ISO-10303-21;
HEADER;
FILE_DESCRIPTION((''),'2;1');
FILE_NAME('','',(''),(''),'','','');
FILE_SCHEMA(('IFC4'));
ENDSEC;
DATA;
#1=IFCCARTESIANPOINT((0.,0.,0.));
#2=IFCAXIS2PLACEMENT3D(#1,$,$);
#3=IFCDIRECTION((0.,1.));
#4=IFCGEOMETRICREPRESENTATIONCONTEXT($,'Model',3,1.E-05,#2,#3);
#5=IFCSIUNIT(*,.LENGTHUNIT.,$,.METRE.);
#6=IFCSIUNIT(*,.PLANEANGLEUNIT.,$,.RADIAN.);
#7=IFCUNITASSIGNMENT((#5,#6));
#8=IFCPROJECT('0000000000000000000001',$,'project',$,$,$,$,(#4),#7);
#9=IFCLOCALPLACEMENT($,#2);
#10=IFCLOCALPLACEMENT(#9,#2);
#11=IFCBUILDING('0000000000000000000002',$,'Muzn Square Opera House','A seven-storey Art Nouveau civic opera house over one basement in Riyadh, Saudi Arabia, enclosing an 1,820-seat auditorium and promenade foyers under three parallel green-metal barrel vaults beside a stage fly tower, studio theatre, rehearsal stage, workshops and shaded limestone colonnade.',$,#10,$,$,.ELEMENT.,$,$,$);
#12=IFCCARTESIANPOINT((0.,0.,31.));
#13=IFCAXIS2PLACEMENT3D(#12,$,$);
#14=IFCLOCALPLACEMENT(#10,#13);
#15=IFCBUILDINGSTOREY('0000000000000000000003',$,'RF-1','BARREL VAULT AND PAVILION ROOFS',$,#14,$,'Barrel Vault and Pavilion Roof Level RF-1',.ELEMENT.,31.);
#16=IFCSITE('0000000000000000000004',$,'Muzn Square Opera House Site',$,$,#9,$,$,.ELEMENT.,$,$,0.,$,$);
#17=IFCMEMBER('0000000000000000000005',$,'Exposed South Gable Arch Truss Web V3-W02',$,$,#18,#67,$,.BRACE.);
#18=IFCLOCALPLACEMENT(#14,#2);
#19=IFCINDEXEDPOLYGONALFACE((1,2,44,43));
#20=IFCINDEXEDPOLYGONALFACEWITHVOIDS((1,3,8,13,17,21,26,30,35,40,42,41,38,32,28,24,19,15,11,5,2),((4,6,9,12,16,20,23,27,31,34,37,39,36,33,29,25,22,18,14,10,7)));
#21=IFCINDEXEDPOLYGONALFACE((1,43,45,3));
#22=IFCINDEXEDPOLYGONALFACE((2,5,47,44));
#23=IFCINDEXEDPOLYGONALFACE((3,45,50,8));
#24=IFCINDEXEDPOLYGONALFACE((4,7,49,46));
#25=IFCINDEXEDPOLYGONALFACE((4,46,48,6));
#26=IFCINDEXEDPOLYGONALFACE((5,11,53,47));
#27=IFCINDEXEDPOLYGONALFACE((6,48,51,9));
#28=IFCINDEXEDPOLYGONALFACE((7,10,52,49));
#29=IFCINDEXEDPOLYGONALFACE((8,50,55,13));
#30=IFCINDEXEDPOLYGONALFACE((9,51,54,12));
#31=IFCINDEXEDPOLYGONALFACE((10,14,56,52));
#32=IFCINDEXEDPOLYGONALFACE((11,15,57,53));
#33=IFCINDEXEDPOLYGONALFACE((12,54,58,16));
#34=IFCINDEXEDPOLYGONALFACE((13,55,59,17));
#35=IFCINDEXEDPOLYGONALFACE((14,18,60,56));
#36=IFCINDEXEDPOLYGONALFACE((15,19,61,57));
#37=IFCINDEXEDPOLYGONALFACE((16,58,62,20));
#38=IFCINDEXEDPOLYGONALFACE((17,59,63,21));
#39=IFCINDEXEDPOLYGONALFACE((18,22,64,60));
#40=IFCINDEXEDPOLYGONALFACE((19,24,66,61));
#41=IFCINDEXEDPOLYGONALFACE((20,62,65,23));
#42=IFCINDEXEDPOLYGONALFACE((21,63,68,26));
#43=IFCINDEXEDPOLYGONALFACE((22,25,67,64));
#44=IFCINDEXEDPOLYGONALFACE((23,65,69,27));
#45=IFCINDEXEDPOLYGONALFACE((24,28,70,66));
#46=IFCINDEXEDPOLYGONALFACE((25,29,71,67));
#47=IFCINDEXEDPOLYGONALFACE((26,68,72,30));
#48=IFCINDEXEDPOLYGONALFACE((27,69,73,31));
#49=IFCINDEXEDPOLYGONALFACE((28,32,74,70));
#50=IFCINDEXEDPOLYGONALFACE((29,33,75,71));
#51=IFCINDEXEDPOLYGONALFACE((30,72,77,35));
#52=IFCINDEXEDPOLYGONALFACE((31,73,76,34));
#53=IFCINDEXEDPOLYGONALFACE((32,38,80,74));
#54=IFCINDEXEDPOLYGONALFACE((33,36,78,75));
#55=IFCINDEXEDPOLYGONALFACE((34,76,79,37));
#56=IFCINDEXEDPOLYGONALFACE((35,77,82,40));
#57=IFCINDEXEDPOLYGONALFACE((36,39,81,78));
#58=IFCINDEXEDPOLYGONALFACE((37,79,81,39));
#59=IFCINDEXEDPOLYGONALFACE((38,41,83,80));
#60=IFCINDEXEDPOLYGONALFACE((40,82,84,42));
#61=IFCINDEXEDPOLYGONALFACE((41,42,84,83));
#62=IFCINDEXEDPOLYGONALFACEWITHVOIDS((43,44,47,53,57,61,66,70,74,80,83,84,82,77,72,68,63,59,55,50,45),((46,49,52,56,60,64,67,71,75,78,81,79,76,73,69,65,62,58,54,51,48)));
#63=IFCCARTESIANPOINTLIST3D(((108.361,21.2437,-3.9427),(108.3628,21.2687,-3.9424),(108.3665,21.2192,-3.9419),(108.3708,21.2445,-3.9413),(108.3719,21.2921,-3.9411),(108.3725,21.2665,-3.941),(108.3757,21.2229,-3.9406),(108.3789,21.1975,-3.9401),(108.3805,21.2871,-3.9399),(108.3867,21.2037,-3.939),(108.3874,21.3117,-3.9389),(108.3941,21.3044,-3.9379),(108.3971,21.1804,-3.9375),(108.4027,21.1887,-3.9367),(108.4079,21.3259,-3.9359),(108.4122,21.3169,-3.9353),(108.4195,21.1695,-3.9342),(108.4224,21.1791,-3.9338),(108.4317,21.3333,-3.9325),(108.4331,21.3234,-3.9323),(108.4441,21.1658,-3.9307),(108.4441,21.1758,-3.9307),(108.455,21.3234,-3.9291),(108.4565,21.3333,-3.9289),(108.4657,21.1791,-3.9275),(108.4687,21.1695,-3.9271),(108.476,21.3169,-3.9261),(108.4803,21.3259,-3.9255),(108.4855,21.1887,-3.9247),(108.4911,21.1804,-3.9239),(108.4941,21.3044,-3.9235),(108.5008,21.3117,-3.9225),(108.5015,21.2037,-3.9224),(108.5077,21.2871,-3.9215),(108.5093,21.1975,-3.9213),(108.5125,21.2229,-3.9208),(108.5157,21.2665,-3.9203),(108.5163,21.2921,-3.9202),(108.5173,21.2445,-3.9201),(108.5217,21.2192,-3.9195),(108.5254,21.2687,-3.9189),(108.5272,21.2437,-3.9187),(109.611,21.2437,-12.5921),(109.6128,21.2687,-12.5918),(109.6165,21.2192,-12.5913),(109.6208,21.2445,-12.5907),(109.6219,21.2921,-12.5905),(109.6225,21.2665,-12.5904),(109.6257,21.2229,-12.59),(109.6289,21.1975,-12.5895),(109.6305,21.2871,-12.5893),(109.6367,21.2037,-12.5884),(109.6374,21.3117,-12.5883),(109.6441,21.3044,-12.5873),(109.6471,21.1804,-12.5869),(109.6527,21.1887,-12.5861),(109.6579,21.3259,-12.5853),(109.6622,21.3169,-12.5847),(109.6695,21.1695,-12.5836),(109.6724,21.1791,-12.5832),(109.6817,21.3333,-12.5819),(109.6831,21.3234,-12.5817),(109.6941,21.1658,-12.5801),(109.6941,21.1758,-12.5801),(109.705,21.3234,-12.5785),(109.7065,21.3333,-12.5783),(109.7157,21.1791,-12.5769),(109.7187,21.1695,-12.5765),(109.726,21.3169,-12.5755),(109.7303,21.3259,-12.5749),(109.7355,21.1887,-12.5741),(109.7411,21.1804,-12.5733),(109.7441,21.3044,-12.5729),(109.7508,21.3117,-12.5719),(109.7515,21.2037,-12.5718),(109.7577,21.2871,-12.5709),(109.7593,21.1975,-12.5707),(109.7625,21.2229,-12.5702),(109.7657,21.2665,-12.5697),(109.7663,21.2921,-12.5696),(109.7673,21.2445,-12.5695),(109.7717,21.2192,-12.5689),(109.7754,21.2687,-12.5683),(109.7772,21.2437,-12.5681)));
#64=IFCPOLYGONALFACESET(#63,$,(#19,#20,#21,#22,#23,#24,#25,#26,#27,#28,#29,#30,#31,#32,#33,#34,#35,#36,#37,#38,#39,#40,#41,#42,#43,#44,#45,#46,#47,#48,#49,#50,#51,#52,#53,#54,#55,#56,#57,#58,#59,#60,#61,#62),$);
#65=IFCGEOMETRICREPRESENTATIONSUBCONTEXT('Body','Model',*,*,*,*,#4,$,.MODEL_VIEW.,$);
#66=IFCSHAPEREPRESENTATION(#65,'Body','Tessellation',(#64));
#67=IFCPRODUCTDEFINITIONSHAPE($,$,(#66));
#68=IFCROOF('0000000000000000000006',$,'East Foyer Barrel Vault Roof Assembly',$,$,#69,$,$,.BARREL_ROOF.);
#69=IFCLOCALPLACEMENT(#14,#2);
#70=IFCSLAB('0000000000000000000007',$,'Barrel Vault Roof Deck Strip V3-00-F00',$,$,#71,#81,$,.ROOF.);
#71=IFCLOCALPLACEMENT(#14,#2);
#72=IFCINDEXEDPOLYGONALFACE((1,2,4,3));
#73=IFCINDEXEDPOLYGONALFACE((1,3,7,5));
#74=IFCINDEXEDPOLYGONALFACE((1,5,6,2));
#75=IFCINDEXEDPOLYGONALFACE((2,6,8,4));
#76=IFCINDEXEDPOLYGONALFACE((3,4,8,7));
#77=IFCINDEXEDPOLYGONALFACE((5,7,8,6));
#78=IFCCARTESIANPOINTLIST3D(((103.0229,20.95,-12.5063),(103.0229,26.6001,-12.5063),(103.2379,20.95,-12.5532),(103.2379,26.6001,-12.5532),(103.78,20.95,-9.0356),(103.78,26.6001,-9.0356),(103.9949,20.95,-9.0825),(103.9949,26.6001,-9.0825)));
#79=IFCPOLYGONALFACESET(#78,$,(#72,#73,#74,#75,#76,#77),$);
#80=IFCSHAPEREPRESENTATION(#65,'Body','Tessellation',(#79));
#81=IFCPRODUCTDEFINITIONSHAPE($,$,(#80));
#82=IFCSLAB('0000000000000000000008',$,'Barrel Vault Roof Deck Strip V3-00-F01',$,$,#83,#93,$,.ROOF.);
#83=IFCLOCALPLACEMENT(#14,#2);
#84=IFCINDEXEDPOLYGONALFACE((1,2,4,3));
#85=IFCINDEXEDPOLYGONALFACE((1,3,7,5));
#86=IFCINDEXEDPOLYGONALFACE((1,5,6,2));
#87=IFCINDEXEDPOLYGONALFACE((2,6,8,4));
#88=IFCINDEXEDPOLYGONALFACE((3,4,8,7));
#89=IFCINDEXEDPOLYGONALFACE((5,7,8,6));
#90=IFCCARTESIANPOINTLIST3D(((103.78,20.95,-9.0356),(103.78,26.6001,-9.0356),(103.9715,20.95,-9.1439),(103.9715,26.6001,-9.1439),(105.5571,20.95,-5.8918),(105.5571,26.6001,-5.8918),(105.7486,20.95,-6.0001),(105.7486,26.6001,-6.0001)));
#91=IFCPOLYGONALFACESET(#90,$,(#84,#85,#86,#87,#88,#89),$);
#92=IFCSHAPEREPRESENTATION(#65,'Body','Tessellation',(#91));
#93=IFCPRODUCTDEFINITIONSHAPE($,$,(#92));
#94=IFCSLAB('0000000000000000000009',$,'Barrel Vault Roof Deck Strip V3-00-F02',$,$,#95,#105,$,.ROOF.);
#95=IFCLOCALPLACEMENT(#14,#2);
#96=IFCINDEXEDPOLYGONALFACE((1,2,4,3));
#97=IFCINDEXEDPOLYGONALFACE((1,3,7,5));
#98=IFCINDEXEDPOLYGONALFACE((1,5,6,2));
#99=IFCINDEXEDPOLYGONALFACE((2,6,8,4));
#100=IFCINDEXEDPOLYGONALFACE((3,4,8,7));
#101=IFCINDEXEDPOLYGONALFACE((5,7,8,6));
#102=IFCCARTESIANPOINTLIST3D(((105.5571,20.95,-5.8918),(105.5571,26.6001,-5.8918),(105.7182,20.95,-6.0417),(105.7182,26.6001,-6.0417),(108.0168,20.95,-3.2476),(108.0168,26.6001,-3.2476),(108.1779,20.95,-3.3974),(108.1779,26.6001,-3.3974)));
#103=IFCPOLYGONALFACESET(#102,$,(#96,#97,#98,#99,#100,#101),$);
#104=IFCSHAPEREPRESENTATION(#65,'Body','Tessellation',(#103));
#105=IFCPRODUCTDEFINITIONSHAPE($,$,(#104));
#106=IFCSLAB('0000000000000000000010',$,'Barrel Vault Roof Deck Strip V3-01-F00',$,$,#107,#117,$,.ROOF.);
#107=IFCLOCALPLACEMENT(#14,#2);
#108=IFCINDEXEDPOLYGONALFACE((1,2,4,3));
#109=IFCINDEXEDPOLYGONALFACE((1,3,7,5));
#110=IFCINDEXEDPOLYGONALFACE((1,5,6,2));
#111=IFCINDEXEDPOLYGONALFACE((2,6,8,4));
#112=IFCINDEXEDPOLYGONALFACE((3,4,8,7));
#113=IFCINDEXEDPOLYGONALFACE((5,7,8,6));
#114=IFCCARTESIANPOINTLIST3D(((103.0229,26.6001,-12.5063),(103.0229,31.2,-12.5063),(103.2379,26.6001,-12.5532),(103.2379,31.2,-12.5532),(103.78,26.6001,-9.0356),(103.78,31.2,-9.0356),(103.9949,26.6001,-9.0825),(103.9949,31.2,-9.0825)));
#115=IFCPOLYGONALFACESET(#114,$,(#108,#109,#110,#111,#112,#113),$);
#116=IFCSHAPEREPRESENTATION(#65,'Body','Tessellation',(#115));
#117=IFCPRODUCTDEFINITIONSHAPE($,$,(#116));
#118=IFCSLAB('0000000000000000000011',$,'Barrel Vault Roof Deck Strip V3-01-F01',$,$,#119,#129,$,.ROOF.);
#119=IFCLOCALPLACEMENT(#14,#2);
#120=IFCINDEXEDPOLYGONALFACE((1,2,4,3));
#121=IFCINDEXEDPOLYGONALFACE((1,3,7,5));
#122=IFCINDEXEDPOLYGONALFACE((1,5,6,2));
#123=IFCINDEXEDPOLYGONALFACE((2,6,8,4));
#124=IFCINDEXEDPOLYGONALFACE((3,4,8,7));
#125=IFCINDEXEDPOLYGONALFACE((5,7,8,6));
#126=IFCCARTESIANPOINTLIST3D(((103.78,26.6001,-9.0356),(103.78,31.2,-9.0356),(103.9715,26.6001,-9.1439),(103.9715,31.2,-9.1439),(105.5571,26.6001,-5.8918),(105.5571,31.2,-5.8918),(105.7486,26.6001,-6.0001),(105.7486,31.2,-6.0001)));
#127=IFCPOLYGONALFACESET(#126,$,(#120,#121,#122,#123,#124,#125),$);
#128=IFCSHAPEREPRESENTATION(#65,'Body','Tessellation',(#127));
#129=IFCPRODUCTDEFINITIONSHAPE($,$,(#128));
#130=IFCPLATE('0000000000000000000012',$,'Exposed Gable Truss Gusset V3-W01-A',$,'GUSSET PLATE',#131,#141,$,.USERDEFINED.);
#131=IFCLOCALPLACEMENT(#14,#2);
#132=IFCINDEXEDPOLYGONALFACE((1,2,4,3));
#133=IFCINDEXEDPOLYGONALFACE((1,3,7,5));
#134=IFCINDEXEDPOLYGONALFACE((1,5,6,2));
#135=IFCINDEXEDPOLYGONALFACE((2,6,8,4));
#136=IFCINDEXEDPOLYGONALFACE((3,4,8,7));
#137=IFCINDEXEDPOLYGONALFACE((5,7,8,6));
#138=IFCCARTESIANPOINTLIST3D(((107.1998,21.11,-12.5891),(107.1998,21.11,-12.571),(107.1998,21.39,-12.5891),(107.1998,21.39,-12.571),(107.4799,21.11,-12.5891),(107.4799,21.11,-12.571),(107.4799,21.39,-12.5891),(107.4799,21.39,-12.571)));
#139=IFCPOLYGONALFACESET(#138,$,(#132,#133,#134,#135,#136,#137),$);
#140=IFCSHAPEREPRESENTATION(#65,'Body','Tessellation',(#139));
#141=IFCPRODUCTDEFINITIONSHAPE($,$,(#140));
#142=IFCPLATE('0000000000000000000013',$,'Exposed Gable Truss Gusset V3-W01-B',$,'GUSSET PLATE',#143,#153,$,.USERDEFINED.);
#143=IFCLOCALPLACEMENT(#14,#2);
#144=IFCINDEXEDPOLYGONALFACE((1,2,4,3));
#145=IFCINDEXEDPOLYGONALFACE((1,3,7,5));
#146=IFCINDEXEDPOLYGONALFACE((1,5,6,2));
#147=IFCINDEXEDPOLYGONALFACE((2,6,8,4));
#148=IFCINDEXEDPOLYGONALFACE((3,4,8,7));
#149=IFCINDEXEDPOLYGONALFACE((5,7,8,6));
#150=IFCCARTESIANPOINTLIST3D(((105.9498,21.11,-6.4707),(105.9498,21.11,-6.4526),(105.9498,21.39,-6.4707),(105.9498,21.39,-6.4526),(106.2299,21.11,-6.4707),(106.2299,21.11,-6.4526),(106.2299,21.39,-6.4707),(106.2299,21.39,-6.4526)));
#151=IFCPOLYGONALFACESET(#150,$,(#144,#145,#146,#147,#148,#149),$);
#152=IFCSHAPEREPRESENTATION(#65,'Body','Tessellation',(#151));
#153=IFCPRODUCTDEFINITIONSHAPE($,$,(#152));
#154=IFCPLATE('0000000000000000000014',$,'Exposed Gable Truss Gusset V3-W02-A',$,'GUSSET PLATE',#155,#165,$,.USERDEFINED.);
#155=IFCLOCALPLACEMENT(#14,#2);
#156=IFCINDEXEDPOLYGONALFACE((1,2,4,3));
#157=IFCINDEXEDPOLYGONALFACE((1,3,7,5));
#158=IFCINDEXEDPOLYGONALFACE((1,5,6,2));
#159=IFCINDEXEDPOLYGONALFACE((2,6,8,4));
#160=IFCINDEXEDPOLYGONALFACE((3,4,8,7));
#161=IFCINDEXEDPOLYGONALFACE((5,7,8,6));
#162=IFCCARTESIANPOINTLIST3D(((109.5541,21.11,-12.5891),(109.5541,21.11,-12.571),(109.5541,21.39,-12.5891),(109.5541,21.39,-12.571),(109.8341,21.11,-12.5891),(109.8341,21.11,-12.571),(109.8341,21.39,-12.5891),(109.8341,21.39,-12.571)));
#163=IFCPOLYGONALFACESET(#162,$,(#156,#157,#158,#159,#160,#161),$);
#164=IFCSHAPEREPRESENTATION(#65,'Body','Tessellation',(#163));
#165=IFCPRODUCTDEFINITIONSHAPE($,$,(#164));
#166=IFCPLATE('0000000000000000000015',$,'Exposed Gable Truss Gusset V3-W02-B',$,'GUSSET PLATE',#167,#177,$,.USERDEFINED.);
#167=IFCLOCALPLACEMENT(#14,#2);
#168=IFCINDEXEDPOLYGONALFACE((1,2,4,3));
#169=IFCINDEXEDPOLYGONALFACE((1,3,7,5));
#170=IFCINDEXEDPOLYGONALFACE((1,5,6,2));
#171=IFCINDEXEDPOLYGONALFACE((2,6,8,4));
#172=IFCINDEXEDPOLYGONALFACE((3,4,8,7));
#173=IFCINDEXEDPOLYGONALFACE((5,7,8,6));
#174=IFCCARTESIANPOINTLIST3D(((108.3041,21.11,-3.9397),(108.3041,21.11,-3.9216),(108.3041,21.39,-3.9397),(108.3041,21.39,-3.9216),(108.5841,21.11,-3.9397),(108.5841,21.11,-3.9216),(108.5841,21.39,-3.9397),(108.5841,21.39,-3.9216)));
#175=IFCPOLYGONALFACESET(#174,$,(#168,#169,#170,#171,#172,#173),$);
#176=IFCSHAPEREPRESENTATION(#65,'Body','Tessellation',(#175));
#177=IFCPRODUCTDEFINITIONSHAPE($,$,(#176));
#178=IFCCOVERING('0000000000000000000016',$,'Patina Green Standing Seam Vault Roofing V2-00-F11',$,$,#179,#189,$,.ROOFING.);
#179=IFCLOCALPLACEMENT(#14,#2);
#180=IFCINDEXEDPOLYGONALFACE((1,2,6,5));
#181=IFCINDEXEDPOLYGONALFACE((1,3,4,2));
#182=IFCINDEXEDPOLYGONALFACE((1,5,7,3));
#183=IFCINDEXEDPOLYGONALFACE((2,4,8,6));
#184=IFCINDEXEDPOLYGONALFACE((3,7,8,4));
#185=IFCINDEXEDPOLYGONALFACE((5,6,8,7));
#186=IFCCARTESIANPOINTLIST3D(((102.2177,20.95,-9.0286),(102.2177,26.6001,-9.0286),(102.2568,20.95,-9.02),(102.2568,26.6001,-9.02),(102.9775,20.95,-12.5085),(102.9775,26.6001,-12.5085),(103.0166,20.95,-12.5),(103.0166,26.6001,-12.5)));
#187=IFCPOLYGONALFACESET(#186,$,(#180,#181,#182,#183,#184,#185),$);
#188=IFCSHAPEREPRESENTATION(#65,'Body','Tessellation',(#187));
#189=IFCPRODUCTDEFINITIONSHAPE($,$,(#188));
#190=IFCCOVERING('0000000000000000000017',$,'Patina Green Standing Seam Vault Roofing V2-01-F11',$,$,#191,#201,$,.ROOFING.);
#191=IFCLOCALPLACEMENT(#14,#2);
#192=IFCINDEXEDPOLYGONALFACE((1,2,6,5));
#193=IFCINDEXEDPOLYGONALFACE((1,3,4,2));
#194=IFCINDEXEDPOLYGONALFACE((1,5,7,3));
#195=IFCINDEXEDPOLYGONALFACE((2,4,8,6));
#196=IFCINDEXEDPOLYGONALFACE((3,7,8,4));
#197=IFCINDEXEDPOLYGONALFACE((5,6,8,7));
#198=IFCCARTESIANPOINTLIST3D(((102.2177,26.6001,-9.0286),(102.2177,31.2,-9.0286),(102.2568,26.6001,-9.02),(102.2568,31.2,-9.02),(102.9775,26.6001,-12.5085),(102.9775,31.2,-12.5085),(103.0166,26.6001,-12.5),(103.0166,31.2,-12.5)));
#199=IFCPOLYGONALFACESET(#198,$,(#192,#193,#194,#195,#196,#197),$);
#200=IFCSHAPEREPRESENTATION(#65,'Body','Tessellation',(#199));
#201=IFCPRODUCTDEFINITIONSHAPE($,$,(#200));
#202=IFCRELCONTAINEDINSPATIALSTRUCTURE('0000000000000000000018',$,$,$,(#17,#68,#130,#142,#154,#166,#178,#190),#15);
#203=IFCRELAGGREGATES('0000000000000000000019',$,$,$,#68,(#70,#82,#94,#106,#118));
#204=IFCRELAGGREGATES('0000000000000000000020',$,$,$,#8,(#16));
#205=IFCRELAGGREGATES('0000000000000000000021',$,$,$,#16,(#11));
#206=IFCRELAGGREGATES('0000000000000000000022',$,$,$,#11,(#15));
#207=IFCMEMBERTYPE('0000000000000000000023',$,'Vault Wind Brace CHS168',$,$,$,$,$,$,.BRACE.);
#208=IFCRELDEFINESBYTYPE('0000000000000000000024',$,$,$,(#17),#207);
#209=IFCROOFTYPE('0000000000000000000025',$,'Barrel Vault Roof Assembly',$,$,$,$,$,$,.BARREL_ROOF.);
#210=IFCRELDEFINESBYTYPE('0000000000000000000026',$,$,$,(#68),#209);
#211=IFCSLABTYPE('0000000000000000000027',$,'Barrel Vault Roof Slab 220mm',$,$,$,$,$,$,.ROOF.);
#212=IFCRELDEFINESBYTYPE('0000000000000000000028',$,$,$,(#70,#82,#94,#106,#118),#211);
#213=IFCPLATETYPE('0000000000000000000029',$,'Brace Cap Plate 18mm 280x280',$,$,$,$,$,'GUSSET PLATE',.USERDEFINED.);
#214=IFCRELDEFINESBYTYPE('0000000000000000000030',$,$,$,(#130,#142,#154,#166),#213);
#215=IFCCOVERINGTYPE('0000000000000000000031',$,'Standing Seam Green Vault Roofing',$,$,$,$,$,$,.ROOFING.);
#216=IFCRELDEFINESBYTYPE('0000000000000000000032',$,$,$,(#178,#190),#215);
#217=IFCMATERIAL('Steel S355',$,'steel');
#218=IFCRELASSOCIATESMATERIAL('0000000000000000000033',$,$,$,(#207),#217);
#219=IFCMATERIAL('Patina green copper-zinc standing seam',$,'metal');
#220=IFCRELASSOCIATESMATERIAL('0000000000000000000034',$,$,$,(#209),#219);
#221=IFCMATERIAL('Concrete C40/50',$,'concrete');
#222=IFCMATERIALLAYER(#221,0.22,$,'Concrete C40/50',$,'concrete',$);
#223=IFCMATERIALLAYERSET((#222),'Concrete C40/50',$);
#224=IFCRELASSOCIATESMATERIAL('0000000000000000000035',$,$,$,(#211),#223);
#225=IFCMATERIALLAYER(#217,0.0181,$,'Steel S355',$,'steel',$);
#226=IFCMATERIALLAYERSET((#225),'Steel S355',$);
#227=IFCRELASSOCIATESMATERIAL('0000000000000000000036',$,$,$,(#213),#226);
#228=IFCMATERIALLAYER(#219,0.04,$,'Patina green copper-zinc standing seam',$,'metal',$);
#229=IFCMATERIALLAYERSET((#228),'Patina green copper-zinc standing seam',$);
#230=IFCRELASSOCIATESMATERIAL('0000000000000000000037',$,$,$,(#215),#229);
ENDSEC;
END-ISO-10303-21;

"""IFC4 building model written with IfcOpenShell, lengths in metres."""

from ifc_helpers import new_model, si_unit, direction, frame, origin, origin_2d, place, context, subcontext, project, spatial, polyline, rectangle, hollow_circle, outline, extrude, material, layer, layer_set, material_profile, profile_set, type_object, element, aggregate, save


model = new_model("IFC4")

# Units and contexts
model_context = context("Model", 3, precision=1e-05, world=origin(), true_north=direction((0.0, 1.0)))
body_context = subcontext(model_context, "Body", "Model", "MODEL_VIEW")
ifc_project = project(units=[si_unit("LENGTHUNIT", "METRE"), si_unit("PLANEANGLEUNIT", "RADIAN")], contexts=[model_context])

# Site, building, storey
site_placement = place(None, origin())
site = spatial("IfcSite", under=ifc_project, at=site_placement, Name="Muzn Square Opera House Site", CompositionType="ELEMENT", RefElevation=0.0)
building_placement = place(site_placement, origin())
building = spatial("IfcBuilding", under=site, at=building_placement, Name="Muzn Square Opera House", Description="A seven-storey Art Nouveau civic opera house over one basement in Riyadh, Saudi Arabia, enclosing an 1,820-seat auditorium and promenade foyers under three parallel green-metal barrel vaults beside a stage fly tower, studio theatre, rehearsal stage, workshops and shaded limestone colonnade.", CompositionType="ELEMENT")
storey_placement = place(building_placement, frame((0.0, 0.0, 31.0)))
storey = spatial("IfcBuildingStorey", under=building, at=storey_placement, Name="RF-1", Description="BARREL VAULT AND PAVILION ROOFS", LongName="Barrel Vault and Pavilion Roof Level RF-1", CompositionType="ELEMENT", Elevation=31.0)

# Shared definitions
ifc_material_1 = material(Name="Steel S355", Category="steel")

# Member
ifc_material_profile_1 = material_profile(ifc_material_1, hollow_circle(Radius=0.0842, WallThickness=0.01, at=origin_2d()), Name="CHS 168.3x10", Category="steel")
ifc_profile_set_1 = profile_set([ifc_material_profile_1], Name="Steel S355")
member_type = type_object("IfcMemberType", Name="Vault Wind Brace CHS168", PredefinedType="BRACE", material=ifc_profile_set_1)
member_1_placement = place(storey_placement, frame((109.6941, 21.25, -12.5801), z_axis=(-0.143033, 0.0, 0.989718), x_axis=(0.0, -1.0, 0.0)))
element("IfcMember", 1, at=member_1_placement, inside=storey, type_object=member_type, Name="Exposed South Gable Arch Truss Web V3-W02", PredefinedType="BRACE", context=body_context, shape_type="SweptSolid", body=[
    extrude(hollow_circle(Radius=0.0842, WallThickness=0.01, at=origin_2d()), origin(), (0.0, 0.0, 1.0), 8.7393),
])

# Roof, slabs
ifc_material_2 = material(Name="Patina green copper-zinc standing seam", Category="metal")
roof_type = type_object("IfcRoofType", Name="Barrel Vault Roof Assembly", PredefinedType="BARREL_ROOF", material=ifc_material_2)
roof_placement = place(storey_placement, origin())
roof = element("IfcRoof", 2, at=roof_placement, inside=storey, type_object=roof_type, Name="East Foyer Barrel Vault Roof Assembly", PredefinedType="BARREL_ROOF")
ifc_material_3 = material(Name="Concrete C40/50", Category="concrete")
ifc_layer_1 = layer(ifc_material_3, 0.22, Name="Concrete C40/50", Category="concrete")
ifc_layer_set_1 = layer_set([ifc_layer_1], Name="Concrete C40/50")
slab_type = type_object("IfcSlabType", Name="Barrel Vault Roof Slab 220mm", PredefinedType="ROOF", material=ifc_layer_set_1)
slab_1_placement = place(storey_placement, frame((103.78, 20.95, -9.0356), z_axis=(-0.977025, 0.0, 0.213123), x_axis=(0.0, 1.0, 0.0)))
slab_1 = element("IfcSlab", 3, at=slab_1_placement, type_object=slab_type, Name="Barrel Vault Roof Deck Strip V3-00-F00", PredefinedType="ROOF", context=body_context, shape_type="SweptSolid", body=[
    extrude(outline(polyline([(0.0, 3.5523), (0.0, 0.0), (5.6501, 0.0), (5.6501, 3.5523), (0.0, 3.5523)])), origin(), (0.0, 0.0, -1.0), 0.22),
])
slab_2_placement = place(storey_placement, frame((105.5571, 20.95, -5.8918), z_axis=(-0.870543, 0.0, 0.492093), x_axis=(0.0, 1.0, 0.0)))
slab_2 = element("IfcSlab", 4, at=slab_2_placement, type_object=slab_type, Name="Barrel Vault Roof Deck Strip V3-00-F01", PredefinedType="ROOF", context=body_context, shape_type="SweptSolid", body=[
    extrude(outline(polyline([(0.0, 3.6113), (0.0, 0.0), (5.6501, 0.0), (5.6501, 3.6113), (0.0, 3.6113)])), origin(), (0.0, 0.0, -1.0), 0.22),
])
slab_3_placement = place(storey_placement, frame((108.0168, 20.95, -3.2476), z_axis=(-0.732198, 0.0, 0.681091), x_axis=(0.0, 1.0, 0.0)))
slab_3 = element("IfcSlab", 5, at=slab_3_placement, type_object=slab_type, Name="Barrel Vault Roof Deck Strip V3-00-F02", PredefinedType="ROOF", context=body_context, shape_type="SweptSolid", body=[
    extrude(outline(polyline([(0.0, 3.6114), (0.0, 0.0), (5.6501, 0.0), (5.6501, 3.6114), (0.0, 3.6114)])), origin(), (0.0, 0.0, -1.0), 0.22),
])
slab_4_placement = place(storey_placement, frame((103.78, 26.6001, -9.0356), z_axis=(-0.977025, 0.0, 0.213123), x_axis=(0.0, 1.0, 0.0)))
slab_4 = element("IfcSlab", 6, at=slab_4_placement, type_object=slab_type, Name="Barrel Vault Roof Deck Strip V3-01-F00", PredefinedType="ROOF", context=body_context, shape_type="SweptSolid", body=[
    extrude(outline(polyline([(0.0, 3.5523), (0.0, 0.0), (4.5999, 0.0), (4.5999, 3.5523), (0.0, 3.5523)])), origin(), (0.0, 0.0, -1.0), 0.22),
])
slab_5_placement = place(storey_placement, frame((105.5571, 26.6001, -5.8918), z_axis=(-0.870543, 0.0, 0.492093), x_axis=(0.0, 1.0, 0.0)))
slab_5 = element("IfcSlab", 7, at=slab_5_placement, type_object=slab_type, Name="Barrel Vault Roof Deck Strip V3-01-F01", PredefinedType="ROOF", context=body_context, shape_type="SweptSolid", body=[
    extrude(outline(polyline([(0.0, 3.6113), (0.0, 0.0), (4.5999, 0.0), (4.5999, 3.6113), (0.0, 3.6113)])), origin(), (0.0, 0.0, -1.0), 0.22),
])
aggregate(roof, [slab_1, slab_2, slab_3, slab_4, slab_5])

# Plates
ifc_layer_2 = layer(ifc_material_1, 0.0181, Name="Steel S355", Category="steel")
ifc_layer_set_2 = layer_set([ifc_layer_2], Name="Steel S355")
plate_type = type_object("IfcPlateType", Name="Brace Cap Plate 18mm 280x280", ElementType="GUSSET PLATE", PredefinedType="USERDEFINED", material=ifc_layer_set_2)
for number, where, z_axis, x_axis, name in (
    (8, (107.3398, 21.25, -12.5891), (0.0, 0.0, 1.0), (1.0, 0.0, 0.0), "Exposed Gable Truss Gusset V3-W01-A"),
    (9, (106.0898, 21.25, -6.4707), (0.0, 0.0, 1.0), (1.0, 0.0, 0.0), "Exposed Gable Truss Gusset V3-W01-B"),
    (10, (109.6941, 21.25, -12.5891), (0.0, 0.0, 1.0), (1.0, 0.0, 0.0), "Exposed Gable Truss Gusset V3-W02-A"),
    (11, (108.4441, 21.25, -3.9397), (0.0, 0.0, 1.0), (1.0, 0.0, 0.0), "Exposed Gable Truss Gusset V3-W02-B"),
):
    element("IfcPlate", number, at=place(storey_placement, frame(where, z_axis=z_axis, x_axis=x_axis)), inside=storey, type_object=plate_type, Name=name, ObjectType="GUSSET PLATE", PredefinedType="USERDEFINED", context=body_context, shape_type="SweptSolid", body=[
        extrude(rectangle(XDim=0.28, YDim=0.28, at=origin_2d()), origin(), (0.0, 0.0, 1.0), 0.0181),
    ])

# Coverings
ifc_layer_3 = layer(ifc_material_2, 0.04, Name="Patina green copper-zinc standing seam", Category="metal")
ifc_layer_set_3 = layer_set([ifc_layer_3], Name="Patina green copper-zinc standing seam")
covering_type = type_object("IfcCoveringType", Name="Standing Seam Green Vault Roofing", PredefinedType="ROOFING", material=ifc_layer_set_3)
covering_1_placement = place(storey_placement, frame((102.2568, 20.95, -9.02), z_axis=(0.976987, 0.0, 0.2133), x_axis=(0.2133, 0.0, -0.976987)))
element("IfcCovering", 12, at=covering_1_placement, inside=storey, type_object=covering_type, Name="Patina Green Standing Seam Vault Roofing V2-00-F11", PredefinedType="ROOFING", context=body_context, shape_type="SweptSolid", body=[
    extrude(outline(polyline([(0.0, 0.0), (3.562, 0.0), (3.562, 5.6501), (0.0, 5.6501), (0.0, 0.0)])), origin(), (0.0, 0.0, -1.0), 0.04),
])
covering_2_placement = place(storey_placement, frame((102.2568, 26.6001, -9.02), z_axis=(0.976987, 0.0, 0.2133), x_axis=(0.2133, 0.0, -0.976987)))
element("IfcCovering", 13, at=covering_2_placement, inside=storey, type_object=covering_type, Name="Patina Green Standing Seam Vault Roofing V2-01-F11", PredefinedType="ROOFING", context=body_context, shape_type="SweptSolid", body=[
    extrude(outline(polyline([(0.0, 0.0), (3.562, 0.0), (3.562, 4.5999), (0.0, 4.5999), (0.0, 0.0)])), origin(), (0.0, 0.0, -1.0), 0.04),
])

save(model, "model.ifc")
